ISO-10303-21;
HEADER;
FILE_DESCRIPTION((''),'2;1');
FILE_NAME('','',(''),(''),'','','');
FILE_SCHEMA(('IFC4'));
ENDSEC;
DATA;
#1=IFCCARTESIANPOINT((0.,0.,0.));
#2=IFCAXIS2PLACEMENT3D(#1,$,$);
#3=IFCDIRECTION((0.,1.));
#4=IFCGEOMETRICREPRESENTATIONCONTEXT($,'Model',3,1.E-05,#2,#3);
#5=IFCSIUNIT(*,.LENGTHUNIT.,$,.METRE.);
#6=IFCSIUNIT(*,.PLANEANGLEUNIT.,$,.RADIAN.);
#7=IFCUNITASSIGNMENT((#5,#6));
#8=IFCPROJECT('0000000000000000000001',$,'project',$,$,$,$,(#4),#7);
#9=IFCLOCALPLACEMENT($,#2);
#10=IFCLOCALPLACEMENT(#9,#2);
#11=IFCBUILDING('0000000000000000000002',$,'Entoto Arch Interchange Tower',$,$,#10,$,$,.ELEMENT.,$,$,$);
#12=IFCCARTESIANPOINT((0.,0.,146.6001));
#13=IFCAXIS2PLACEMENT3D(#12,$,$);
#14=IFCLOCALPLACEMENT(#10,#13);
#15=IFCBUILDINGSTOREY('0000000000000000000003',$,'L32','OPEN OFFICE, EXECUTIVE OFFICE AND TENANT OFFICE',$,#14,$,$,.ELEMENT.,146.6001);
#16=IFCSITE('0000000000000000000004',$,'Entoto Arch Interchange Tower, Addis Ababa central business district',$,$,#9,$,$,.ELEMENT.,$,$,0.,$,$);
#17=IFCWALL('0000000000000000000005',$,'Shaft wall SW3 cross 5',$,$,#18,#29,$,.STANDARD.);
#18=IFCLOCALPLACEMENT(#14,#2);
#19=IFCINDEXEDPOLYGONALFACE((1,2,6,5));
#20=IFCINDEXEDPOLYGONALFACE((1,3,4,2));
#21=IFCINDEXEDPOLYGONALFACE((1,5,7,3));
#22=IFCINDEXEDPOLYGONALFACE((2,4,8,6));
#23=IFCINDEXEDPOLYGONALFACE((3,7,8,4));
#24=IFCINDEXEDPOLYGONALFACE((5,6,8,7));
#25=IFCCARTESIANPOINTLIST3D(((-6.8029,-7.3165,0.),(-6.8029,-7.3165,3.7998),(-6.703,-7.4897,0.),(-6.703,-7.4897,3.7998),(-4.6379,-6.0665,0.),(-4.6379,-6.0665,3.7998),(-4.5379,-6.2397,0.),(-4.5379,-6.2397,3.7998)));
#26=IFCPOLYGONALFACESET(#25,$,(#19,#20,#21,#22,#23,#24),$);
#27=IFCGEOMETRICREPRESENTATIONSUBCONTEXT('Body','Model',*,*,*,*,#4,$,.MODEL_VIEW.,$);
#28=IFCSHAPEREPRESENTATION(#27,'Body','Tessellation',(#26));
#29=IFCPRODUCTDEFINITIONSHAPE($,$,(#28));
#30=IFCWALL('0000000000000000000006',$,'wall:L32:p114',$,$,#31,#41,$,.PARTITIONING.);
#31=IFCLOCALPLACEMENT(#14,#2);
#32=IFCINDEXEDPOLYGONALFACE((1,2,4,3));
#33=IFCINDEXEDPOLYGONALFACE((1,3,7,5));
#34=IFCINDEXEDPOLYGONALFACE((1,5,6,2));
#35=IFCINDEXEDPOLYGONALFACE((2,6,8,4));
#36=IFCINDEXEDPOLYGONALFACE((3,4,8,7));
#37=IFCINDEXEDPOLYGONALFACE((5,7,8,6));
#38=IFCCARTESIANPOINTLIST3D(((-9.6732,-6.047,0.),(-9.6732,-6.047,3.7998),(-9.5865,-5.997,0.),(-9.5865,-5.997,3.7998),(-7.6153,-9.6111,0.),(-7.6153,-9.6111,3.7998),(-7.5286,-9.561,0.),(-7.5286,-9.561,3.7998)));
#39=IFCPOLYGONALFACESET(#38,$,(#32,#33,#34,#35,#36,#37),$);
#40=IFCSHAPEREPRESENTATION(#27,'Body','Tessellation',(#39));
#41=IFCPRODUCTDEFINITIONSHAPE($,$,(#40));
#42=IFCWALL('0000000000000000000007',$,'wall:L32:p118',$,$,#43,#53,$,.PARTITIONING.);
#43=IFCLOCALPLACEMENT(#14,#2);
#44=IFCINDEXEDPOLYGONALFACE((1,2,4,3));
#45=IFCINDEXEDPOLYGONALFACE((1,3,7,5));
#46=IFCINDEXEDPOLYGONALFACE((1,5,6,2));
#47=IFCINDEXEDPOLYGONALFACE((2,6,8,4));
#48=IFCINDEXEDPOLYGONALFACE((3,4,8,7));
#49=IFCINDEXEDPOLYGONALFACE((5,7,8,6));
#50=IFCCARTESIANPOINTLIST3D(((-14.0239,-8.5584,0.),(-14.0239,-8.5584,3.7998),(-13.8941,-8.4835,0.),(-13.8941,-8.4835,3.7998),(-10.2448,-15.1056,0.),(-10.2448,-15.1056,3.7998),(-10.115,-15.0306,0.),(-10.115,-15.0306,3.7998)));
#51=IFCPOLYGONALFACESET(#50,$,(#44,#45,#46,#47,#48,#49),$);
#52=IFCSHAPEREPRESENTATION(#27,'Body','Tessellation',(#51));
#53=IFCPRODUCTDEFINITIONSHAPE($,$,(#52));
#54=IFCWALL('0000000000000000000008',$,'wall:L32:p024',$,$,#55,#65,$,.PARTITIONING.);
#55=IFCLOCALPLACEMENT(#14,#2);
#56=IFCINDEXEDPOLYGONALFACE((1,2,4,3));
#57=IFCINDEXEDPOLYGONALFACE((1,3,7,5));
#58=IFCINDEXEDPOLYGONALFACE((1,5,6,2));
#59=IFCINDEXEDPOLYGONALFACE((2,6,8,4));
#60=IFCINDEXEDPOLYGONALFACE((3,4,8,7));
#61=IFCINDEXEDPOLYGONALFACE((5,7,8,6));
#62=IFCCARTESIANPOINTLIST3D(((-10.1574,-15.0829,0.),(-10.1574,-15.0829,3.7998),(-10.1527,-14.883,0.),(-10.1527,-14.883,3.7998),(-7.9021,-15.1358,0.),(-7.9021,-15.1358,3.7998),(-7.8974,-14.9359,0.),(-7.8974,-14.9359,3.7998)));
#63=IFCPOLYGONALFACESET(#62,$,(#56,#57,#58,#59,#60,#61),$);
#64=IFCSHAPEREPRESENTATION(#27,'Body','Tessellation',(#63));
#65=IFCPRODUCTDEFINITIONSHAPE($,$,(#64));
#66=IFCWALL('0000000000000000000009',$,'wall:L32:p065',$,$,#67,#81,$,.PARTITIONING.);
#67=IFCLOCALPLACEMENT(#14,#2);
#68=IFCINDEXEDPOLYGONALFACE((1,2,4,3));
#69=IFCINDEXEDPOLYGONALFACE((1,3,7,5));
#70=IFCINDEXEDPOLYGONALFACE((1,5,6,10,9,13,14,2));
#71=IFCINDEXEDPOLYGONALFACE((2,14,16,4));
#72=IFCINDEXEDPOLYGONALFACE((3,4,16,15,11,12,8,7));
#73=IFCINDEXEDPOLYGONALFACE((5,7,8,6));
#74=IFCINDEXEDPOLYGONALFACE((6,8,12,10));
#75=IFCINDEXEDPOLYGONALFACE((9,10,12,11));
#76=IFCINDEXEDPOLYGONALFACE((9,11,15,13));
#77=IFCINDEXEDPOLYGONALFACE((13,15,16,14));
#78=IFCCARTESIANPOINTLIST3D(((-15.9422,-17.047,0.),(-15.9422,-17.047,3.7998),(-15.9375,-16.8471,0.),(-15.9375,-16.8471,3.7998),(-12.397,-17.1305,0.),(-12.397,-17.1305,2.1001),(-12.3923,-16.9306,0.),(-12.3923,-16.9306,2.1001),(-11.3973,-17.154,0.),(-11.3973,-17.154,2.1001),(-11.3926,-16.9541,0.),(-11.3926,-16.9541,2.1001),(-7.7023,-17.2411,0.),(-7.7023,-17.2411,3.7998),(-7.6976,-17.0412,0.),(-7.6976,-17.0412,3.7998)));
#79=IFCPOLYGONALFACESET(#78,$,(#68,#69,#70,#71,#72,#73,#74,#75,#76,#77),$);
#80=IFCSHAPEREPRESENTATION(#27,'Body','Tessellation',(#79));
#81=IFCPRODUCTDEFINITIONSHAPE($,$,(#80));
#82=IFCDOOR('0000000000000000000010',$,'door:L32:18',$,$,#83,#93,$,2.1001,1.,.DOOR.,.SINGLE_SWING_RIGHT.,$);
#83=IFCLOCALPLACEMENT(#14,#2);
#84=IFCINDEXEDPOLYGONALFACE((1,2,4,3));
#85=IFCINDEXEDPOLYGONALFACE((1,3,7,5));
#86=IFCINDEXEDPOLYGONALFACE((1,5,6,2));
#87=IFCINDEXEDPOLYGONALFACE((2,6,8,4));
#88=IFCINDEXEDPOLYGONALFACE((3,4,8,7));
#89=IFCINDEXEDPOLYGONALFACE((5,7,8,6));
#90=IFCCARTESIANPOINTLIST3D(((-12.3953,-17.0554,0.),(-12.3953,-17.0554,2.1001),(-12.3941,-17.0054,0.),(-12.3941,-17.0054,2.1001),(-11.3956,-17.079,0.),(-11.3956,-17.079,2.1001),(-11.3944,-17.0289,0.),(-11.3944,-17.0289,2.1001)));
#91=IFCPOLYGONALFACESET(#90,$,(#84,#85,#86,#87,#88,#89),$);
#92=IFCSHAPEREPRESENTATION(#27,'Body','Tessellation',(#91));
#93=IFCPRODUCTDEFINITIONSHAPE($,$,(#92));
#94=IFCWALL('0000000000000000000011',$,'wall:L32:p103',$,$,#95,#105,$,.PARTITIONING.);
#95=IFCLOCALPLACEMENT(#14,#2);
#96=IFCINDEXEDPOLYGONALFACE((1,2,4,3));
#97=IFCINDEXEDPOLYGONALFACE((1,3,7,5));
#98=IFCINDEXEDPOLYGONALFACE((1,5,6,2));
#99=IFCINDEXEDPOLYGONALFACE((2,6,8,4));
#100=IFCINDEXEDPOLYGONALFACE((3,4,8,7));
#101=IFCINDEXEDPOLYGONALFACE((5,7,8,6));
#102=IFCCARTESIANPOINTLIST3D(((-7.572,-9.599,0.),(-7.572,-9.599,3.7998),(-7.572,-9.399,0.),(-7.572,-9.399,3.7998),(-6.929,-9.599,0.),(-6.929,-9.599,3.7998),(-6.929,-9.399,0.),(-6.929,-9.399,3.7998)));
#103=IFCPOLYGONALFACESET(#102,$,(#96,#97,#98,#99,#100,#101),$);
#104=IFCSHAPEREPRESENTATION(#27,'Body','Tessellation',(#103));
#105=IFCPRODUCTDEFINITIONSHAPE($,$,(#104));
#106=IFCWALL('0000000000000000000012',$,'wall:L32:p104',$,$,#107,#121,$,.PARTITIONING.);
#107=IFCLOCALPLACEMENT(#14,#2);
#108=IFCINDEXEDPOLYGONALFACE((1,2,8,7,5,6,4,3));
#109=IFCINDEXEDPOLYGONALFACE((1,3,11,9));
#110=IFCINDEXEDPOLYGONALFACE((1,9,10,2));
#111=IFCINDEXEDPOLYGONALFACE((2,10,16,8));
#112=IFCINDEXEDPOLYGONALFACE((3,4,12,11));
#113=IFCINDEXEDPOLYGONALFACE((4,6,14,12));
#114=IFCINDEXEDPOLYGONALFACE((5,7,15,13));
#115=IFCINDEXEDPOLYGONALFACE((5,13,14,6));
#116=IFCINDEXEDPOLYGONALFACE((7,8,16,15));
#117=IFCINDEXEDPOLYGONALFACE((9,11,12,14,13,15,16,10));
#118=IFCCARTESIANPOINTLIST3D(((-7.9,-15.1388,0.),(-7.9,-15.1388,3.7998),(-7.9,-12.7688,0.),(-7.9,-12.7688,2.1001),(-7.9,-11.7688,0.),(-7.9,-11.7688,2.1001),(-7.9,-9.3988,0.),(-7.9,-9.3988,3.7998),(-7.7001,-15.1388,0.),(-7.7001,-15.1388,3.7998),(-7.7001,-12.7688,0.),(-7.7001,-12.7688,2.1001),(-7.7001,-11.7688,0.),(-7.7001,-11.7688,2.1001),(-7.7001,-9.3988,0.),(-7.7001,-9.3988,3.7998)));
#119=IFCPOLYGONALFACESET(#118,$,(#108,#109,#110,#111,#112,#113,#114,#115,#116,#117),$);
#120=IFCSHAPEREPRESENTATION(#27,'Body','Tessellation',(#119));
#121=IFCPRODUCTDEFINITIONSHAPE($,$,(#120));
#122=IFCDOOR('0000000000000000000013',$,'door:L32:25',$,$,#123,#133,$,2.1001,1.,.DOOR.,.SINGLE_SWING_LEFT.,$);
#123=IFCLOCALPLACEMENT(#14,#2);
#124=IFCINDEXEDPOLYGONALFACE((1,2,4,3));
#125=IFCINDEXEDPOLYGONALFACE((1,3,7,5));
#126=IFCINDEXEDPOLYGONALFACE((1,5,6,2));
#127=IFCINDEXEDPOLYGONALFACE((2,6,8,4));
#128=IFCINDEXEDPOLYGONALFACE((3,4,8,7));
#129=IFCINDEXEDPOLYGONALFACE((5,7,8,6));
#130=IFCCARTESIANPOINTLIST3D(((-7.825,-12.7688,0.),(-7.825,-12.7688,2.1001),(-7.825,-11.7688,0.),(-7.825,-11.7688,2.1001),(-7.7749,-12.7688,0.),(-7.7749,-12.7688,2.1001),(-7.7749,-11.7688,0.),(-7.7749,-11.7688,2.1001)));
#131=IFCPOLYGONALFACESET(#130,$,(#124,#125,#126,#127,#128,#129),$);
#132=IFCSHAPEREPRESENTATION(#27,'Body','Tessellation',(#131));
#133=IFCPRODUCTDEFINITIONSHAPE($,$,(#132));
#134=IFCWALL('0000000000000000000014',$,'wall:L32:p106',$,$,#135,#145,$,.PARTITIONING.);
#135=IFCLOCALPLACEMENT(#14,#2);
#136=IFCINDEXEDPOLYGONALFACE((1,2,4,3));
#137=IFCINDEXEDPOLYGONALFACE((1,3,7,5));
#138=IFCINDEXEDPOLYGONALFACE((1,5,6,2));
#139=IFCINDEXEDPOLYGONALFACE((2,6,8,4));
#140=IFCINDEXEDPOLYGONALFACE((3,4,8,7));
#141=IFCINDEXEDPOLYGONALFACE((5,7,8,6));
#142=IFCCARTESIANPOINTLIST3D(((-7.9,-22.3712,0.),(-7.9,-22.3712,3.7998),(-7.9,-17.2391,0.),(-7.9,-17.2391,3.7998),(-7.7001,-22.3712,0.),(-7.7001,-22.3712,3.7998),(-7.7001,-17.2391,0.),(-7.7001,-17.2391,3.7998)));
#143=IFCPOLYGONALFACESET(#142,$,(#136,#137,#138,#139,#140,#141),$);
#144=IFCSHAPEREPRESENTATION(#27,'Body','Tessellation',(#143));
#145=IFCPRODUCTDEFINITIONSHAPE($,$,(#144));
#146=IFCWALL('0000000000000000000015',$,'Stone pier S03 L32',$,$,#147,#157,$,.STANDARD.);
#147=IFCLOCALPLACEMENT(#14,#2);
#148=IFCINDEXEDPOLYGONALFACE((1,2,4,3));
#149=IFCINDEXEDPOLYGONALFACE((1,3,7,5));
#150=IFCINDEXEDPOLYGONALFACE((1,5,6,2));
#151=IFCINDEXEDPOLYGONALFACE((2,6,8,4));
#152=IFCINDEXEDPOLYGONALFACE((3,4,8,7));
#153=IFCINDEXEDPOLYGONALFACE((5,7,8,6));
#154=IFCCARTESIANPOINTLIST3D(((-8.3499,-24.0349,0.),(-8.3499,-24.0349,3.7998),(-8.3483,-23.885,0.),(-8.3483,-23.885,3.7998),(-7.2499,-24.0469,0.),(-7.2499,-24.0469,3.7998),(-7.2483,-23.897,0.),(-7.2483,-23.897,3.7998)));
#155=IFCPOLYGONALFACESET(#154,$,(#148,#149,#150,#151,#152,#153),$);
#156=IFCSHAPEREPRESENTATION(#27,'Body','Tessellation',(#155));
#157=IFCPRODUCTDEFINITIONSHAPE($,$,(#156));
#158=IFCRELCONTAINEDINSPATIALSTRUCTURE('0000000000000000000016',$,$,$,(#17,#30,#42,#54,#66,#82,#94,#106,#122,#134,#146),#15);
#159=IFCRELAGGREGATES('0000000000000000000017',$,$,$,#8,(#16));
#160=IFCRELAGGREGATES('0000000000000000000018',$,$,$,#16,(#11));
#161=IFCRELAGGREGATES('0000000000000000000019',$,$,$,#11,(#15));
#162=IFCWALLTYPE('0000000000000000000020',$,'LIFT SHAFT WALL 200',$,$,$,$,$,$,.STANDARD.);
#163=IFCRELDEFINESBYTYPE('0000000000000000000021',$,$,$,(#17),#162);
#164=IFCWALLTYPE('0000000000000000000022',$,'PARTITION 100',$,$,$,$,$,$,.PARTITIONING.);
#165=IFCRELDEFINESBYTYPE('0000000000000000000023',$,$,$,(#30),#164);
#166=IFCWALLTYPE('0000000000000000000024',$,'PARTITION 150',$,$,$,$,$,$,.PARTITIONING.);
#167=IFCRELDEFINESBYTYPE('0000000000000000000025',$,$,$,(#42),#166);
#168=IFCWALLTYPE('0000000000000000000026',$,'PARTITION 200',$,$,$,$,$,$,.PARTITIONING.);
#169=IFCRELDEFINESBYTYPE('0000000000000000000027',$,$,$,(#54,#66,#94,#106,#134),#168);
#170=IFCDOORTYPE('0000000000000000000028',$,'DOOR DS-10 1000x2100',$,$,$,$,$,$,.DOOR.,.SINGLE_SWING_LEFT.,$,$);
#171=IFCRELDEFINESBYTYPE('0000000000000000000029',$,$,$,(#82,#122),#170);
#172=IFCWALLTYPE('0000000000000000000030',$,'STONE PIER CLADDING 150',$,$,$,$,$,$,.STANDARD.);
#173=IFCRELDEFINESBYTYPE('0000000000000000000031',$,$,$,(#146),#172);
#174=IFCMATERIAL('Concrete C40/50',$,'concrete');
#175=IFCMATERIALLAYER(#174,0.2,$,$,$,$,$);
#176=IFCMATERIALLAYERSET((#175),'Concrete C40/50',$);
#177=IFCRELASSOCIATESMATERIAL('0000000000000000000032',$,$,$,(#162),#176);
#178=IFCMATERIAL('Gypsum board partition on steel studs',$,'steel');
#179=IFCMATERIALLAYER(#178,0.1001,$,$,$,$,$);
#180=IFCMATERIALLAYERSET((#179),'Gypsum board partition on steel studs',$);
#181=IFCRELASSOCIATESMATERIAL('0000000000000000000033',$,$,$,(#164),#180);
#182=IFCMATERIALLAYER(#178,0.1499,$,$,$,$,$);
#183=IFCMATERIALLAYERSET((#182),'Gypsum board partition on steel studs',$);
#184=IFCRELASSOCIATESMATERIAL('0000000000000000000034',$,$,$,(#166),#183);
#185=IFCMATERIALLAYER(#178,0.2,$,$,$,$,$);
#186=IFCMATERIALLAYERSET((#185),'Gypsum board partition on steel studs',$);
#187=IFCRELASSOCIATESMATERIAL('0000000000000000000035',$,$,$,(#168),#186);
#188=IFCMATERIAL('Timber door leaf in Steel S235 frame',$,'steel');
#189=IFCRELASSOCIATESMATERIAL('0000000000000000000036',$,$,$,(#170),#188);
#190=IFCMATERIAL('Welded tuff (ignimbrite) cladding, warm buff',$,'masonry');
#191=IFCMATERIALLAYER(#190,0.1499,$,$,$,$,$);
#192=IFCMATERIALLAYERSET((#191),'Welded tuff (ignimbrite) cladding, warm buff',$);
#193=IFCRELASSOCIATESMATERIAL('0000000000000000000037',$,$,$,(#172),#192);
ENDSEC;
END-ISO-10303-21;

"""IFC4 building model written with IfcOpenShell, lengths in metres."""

from ifc_helpers import new_model, si_unit, direction, frame, frame_2d, origin, place, context, subcontext, project, spatial, rectangle, extrude, material, layer, layer_set, type_object, element, fill, save


model = new_model("IFC4")

# Units and contexts
model_context = context("Model", 3, precision=1e-05, world=origin(), true_north=direction((0.0, 1.0)))
body_context = subcontext(model_context, "Body", "Model", "MODEL_VIEW")
ifc_project = project(units=[si_unit("LENGTHUNIT", "METRE"), si_unit("PLANEANGLEUNIT", "RADIAN")], contexts=[model_context])

# Site, building, storey
site_placement = place(None, origin())
site = spatial("IfcSite", under=ifc_project, at=site_placement, Name="Entoto Arch Interchange Tower, Addis Ababa central business district", CompositionType="ELEMENT", RefElevation=0.0)
building_placement = place(site_placement, origin())
building = spatial("IfcBuilding", under=site, at=building_placement, Name="Entoto Arch Interchange Tower", CompositionType="ELEMENT")
storey_placement = place(building_placement, frame((0.0, 0.0, 146.6001)))
storey = spatial("IfcBuildingStorey", under=building, at=storey_placement, Name="L32", Description="OPEN OFFICE, EXECUTIVE OFFICE AND TENANT OFFICE", CompositionType="ELEMENT", Elevation=146.6001)

# Walls
ifc_material_1 = material(Name="Concrete C40/50", Category="concrete")
ifc_layer_1 = layer(ifc_material_1, 0.2)
ifc_layer_set_1 = layer_set([ifc_layer_1], Name="Concrete C40/50")
wall_type_1 = type_object("IfcWallType", Name="LIFT SHAFT WALL 200", PredefinedType="STANDARD", material=ifc_layer_set_1)
wall_1_placement = place(storey_placement, frame((-4.5879, -6.1531, 0.0), z_axis=(0.0, 0.0, 1.0), x_axis=(-0.866023, -0.500004, 0.0)))
element("IfcWall", 1, at=wall_1_placement, inside=storey, type_object=wall_type_1, Name="Shaft wall SW3 cross 5", PredefinedType="STANDARD", context=body_context, shape_type="SweptSolid", body=[
    extrude(rectangle(XDim=2.5, YDim=0.2, at=frame_2d((1.25, 0.0))), origin(), (0.0, 0.0, 1.0), 3.7998),
])
ifc_material_2 = material(Name="Gypsum board partition on steel studs", Category="steel")
ifc_layer_2 = layer(ifc_material_2, 0.1001)
ifc_layer_set_2 = layer_set([ifc_layer_2], Name="Gypsum board partition on steel studs")
wall_type_2 = type_object("IfcWallType", Name="PARTITION 100", PredefinedType="PARTITIONING", material=ifc_layer_set_2)
wall_2_placement = place(storey_placement, frame((-7.572, -9.5859, 0.0), z_axis=(0.0, 0.0, 1.0), x_axis=(-0.500037, 0.866004, 0.0)))
element("IfcWall", 2, at=wall_2_placement, inside=storey, type_object=wall_type_2, Name="wall:L32:p114", PredefinedType="PARTITIONING", context=body_context, shape_type="SweptSolid", body=[
    extrude(rectangle(XDim=4.1155, YDim=0.1001, at=frame_2d((2.0576, 0.0))), origin(), (0.0, 0.0, 1.0), 3.7998),
])
ifc_layer_3 = layer(ifc_material_2, 0.1499)
ifc_layer_set_3 = layer_set([ifc_layer_3], Name="Gypsum board partition on steel studs")
wall_type_3 = type_object("IfcWallType", Name="PARTITION 150", PredefinedType="PARTITIONING", material=ifc_layer_set_3)
wall_3_placement = place(storey_placement, frame((-10.1799, -15.0681, 0.0), z_axis=(0.0, 0.0, 1.0), x_axis=(-0.499908, 0.866079, 0.0)))
element("IfcWall", 3, at=wall_3_placement, inside=storey, type_object=wall_type_3, Name="wall:L32:p118", PredefinedType="PARTITIONING", context=body_context, shape_type="SweptSolid", body=[
    extrude(rectangle(XDim=7.5596, YDim=0.1499, at=frame_2d((3.7798, 0.0))), origin(), (0.0, 0.0, 1.0), 3.7998),
])
ifc_layer_4 = layer(ifc_material_2, 0.2)
ifc_layer_set_4 = layer_set([ifc_layer_4], Name="Gypsum board partition on steel studs")
wall_type_4 = type_object("IfcWallType", Name="PARTITION 200", PredefinedType="PARTITIONING", material=ifc_layer_set_4)
wall_4_placement = place(storey_placement, frame((-10.155, -14.9829, 0.0), z_axis=(0.0, 0.0, 1.0), x_axis=(0.999724, -0.023486, 0.0)))
element("IfcWall", 4, at=wall_4_placement, inside=storey, type_object=wall_type_4, Name="wall:L32:p024", PredefinedType="PARTITIONING", context=body_context, shape_type="SweptSolid", body=[
    extrude(rectangle(XDim=2.2559, YDim=0.2, at=frame_2d((1.1279, 0.0))), origin(), (0.0, 0.0, 1.0), 3.7998),
])

# Wall, opening, door
wall_5_placement = place(storey_placement, frame((-7.7, -17.1411, 0.0), z_axis=(0.0, 0.0, 1.0), x_axis=(-0.999723, 0.023548, 0.0)))
wall_5 = element("IfcWall", 5, at=wall_5_placement, inside=storey, type_object=wall_type_4, Name="wall:L32:p065", PredefinedType="PARTITIONING", context=body_context, shape_type="SweptSolid", body=[
    extrude(rectangle(XDim=8.2422, YDim=0.2, at=frame_2d((4.1211, 0.0))), origin(), (0.0, 0.0, 1.0), 3.7998),
])
opening_1_placement = place(wall_5_placement, frame((3.696, 0.0, 0.0)))
opening_1 = element("IfcOpeningElement", 6, at=opening_1_placement, cuts=wall_5, PredefinedType="OPENING", context=body_context, shape_type="SweptSolid", body=[
    extrude(rectangle(XDim=1.0, YDim=2.1001, at=frame_2d((0.5, 1.05))), frame((0.0, 0.1099, 0.0), z_axis=(0.0, -1.0, 0.0), x_axis=(1.0, 0.0, 0.0)), (0.0, 0.0, 1.0), 0.22),
])
ifc_material_3 = material(Name="Timber door leaf in Steel S235 frame", Category="steel")
door_type = type_object("IfcDoorType", Name="DOOR DS-10 1000x2100", OperationType="SINGLE_SWING_LEFT", PredefinedType="DOOR", material=ifc_material_3)
door_1_placement = place(opening_1_placement, origin())
door_1 = element("IfcDoor", 7, at=door_1_placement, inside=storey, type_object=door_type, Name="door:L32:18", OperationType="SINGLE_SWING_RIGHT", OverallHeight=2.1001, OverallWidth=1.0, PredefinedType="DOOR", context=body_context, shape_type="SweptSolid", body=[
    extrude(rectangle(XDim=1.0, YDim=2.1001, at=frame_2d((0.5, 1.05))), frame((0.0, 0.0249, 0.0), z_axis=(0.0, -1.0, 0.0), x_axis=(1.0, 0.0, 0.0)), (0.0, 0.0, 1.0), 0.05),
])
fill(opening_1, door_1)

# Wall
wall_6_placement = place(storey_placement, frame((-7.572, -9.499, 0.0), z_axis=(0.0, 0.0, 1.0), x_axis=(1.0, 0.0, 0.0)))
element("IfcWall", 8, at=wall_6_placement, inside=storey, type_object=wall_type_4, Name="wall:L32:p103", PredefinedType="PARTITIONING", context=body_context, shape_type="SweptSolid", body=[
    extrude(rectangle(XDim=0.6431, YDim=0.2, at=frame_2d((0.3215, 0.0))), origin(), (0.0, 0.0, 1.0), 3.7998),
])

# Wall, opening, door
wall_7_placement = place(storey_placement, frame((-7.8, -15.1389, 0.0), z_axis=(0.0, 0.0, 1.0), x_axis=(0.0, 1.0, 0.0)))
wall_7 = element("IfcWall", 9, at=wall_7_placement, inside=storey, type_object=wall_type_4, Name="wall:L32:p104", PredefinedType="PARTITIONING", context=body_context, shape_type="SweptSolid", body=[
    extrude(rectangle(XDim=5.74, YDim=0.2, at=frame_2d((2.8701, 0.0))), origin(), (0.0, 0.0, 1.0), 3.7998),
])
opening_2_placement = place(wall_7_placement, frame((2.3701, 0.0, 0.0)))
opening_2 = element("IfcOpeningElement", 10, at=opening_2_placement, cuts=wall_7, PredefinedType="OPENING", context=body_context, shape_type="SweptSolid", body=[
    extrude(rectangle(XDim=1.0, YDim=2.1001, at=frame_2d((0.5, 1.05))), frame((0.0, 0.1099, 0.0), z_axis=(0.0, -1.0, 0.0), x_axis=(1.0, 0.0, 0.0)), (0.0, 0.0, 1.0), 0.22),
])
door_2_placement = place(opening_2_placement, origin())
door_2 = element("IfcDoor", 11, at=door_2_placement, inside=storey, type_object=door_type, Name="door:L32:25", OperationType="SINGLE_SWING_LEFT", OverallHeight=2.1001, OverallWidth=1.0, PredefinedType="DOOR", context=body_context, shape_type="SweptSolid", body=[
    extrude(rectangle(XDim=1.0, YDim=2.1001, at=frame_2d((0.5, 1.05))), frame((0.0, 0.0249, 0.0), z_axis=(0.0, -1.0, 0.0), x_axis=(1.0, 0.0, 0.0)), (0.0, 0.0, 1.0), 0.05),
])
fill(opening_2, door_2)

# Walls
wall_8_placement = place(storey_placement, frame((-7.8, -22.3711, 0.0), z_axis=(0.0, 0.0, 1.0), x_axis=(0.0, 1.0, 0.0)))
element("IfcWall", 12, at=wall_8_placement, inside=storey, type_object=wall_type_4, Name="wall:L32:p106", PredefinedType="PARTITIONING", context=body_context, shape_type="SweptSolid", body=[
    extrude(rectangle(XDim=5.1321, YDim=0.2, at=frame_2d((2.5659, 0.0))), origin(), (0.0, 0.0, 1.0), 3.7998),
])
ifc_material_4 = material(Name="Welded tuff (ignimbrite) cladding, warm buff", Category="masonry")
ifc_layer_5 = layer(ifc_material_4, 0.1499)
ifc_layer_set_5 = layer_set([ifc_layer_5], Name="Welded tuff (ignimbrite) cladding, warm buff")
wall_type_5 = type_object("IfcWallType", Name="STONE PIER CLADDING 150", PredefinedType="STANDARD", material=ifc_layer_set_5)
wall_9_placement = place(storey_placement, frame((-8.3491, -23.96, 0.0), z_axis=(0.0, 0.0, 1.0), x_axis=(0.999941, -0.010874, 0.0)))
element("IfcWall", 13, at=wall_9_placement, inside=storey, type_object=wall_type_5, Name="Stone pier S03 L32", PredefinedType="STANDARD", context=body_context, shape_type="SweptSolid", body=[
    extrude(rectangle(XDim=1.1001, YDim=0.1499, at=frame_2d((0.55, 0.0))), origin(), (0.0, 0.0, 1.0), 3.7998),
])

save(model, "model.ifc")
